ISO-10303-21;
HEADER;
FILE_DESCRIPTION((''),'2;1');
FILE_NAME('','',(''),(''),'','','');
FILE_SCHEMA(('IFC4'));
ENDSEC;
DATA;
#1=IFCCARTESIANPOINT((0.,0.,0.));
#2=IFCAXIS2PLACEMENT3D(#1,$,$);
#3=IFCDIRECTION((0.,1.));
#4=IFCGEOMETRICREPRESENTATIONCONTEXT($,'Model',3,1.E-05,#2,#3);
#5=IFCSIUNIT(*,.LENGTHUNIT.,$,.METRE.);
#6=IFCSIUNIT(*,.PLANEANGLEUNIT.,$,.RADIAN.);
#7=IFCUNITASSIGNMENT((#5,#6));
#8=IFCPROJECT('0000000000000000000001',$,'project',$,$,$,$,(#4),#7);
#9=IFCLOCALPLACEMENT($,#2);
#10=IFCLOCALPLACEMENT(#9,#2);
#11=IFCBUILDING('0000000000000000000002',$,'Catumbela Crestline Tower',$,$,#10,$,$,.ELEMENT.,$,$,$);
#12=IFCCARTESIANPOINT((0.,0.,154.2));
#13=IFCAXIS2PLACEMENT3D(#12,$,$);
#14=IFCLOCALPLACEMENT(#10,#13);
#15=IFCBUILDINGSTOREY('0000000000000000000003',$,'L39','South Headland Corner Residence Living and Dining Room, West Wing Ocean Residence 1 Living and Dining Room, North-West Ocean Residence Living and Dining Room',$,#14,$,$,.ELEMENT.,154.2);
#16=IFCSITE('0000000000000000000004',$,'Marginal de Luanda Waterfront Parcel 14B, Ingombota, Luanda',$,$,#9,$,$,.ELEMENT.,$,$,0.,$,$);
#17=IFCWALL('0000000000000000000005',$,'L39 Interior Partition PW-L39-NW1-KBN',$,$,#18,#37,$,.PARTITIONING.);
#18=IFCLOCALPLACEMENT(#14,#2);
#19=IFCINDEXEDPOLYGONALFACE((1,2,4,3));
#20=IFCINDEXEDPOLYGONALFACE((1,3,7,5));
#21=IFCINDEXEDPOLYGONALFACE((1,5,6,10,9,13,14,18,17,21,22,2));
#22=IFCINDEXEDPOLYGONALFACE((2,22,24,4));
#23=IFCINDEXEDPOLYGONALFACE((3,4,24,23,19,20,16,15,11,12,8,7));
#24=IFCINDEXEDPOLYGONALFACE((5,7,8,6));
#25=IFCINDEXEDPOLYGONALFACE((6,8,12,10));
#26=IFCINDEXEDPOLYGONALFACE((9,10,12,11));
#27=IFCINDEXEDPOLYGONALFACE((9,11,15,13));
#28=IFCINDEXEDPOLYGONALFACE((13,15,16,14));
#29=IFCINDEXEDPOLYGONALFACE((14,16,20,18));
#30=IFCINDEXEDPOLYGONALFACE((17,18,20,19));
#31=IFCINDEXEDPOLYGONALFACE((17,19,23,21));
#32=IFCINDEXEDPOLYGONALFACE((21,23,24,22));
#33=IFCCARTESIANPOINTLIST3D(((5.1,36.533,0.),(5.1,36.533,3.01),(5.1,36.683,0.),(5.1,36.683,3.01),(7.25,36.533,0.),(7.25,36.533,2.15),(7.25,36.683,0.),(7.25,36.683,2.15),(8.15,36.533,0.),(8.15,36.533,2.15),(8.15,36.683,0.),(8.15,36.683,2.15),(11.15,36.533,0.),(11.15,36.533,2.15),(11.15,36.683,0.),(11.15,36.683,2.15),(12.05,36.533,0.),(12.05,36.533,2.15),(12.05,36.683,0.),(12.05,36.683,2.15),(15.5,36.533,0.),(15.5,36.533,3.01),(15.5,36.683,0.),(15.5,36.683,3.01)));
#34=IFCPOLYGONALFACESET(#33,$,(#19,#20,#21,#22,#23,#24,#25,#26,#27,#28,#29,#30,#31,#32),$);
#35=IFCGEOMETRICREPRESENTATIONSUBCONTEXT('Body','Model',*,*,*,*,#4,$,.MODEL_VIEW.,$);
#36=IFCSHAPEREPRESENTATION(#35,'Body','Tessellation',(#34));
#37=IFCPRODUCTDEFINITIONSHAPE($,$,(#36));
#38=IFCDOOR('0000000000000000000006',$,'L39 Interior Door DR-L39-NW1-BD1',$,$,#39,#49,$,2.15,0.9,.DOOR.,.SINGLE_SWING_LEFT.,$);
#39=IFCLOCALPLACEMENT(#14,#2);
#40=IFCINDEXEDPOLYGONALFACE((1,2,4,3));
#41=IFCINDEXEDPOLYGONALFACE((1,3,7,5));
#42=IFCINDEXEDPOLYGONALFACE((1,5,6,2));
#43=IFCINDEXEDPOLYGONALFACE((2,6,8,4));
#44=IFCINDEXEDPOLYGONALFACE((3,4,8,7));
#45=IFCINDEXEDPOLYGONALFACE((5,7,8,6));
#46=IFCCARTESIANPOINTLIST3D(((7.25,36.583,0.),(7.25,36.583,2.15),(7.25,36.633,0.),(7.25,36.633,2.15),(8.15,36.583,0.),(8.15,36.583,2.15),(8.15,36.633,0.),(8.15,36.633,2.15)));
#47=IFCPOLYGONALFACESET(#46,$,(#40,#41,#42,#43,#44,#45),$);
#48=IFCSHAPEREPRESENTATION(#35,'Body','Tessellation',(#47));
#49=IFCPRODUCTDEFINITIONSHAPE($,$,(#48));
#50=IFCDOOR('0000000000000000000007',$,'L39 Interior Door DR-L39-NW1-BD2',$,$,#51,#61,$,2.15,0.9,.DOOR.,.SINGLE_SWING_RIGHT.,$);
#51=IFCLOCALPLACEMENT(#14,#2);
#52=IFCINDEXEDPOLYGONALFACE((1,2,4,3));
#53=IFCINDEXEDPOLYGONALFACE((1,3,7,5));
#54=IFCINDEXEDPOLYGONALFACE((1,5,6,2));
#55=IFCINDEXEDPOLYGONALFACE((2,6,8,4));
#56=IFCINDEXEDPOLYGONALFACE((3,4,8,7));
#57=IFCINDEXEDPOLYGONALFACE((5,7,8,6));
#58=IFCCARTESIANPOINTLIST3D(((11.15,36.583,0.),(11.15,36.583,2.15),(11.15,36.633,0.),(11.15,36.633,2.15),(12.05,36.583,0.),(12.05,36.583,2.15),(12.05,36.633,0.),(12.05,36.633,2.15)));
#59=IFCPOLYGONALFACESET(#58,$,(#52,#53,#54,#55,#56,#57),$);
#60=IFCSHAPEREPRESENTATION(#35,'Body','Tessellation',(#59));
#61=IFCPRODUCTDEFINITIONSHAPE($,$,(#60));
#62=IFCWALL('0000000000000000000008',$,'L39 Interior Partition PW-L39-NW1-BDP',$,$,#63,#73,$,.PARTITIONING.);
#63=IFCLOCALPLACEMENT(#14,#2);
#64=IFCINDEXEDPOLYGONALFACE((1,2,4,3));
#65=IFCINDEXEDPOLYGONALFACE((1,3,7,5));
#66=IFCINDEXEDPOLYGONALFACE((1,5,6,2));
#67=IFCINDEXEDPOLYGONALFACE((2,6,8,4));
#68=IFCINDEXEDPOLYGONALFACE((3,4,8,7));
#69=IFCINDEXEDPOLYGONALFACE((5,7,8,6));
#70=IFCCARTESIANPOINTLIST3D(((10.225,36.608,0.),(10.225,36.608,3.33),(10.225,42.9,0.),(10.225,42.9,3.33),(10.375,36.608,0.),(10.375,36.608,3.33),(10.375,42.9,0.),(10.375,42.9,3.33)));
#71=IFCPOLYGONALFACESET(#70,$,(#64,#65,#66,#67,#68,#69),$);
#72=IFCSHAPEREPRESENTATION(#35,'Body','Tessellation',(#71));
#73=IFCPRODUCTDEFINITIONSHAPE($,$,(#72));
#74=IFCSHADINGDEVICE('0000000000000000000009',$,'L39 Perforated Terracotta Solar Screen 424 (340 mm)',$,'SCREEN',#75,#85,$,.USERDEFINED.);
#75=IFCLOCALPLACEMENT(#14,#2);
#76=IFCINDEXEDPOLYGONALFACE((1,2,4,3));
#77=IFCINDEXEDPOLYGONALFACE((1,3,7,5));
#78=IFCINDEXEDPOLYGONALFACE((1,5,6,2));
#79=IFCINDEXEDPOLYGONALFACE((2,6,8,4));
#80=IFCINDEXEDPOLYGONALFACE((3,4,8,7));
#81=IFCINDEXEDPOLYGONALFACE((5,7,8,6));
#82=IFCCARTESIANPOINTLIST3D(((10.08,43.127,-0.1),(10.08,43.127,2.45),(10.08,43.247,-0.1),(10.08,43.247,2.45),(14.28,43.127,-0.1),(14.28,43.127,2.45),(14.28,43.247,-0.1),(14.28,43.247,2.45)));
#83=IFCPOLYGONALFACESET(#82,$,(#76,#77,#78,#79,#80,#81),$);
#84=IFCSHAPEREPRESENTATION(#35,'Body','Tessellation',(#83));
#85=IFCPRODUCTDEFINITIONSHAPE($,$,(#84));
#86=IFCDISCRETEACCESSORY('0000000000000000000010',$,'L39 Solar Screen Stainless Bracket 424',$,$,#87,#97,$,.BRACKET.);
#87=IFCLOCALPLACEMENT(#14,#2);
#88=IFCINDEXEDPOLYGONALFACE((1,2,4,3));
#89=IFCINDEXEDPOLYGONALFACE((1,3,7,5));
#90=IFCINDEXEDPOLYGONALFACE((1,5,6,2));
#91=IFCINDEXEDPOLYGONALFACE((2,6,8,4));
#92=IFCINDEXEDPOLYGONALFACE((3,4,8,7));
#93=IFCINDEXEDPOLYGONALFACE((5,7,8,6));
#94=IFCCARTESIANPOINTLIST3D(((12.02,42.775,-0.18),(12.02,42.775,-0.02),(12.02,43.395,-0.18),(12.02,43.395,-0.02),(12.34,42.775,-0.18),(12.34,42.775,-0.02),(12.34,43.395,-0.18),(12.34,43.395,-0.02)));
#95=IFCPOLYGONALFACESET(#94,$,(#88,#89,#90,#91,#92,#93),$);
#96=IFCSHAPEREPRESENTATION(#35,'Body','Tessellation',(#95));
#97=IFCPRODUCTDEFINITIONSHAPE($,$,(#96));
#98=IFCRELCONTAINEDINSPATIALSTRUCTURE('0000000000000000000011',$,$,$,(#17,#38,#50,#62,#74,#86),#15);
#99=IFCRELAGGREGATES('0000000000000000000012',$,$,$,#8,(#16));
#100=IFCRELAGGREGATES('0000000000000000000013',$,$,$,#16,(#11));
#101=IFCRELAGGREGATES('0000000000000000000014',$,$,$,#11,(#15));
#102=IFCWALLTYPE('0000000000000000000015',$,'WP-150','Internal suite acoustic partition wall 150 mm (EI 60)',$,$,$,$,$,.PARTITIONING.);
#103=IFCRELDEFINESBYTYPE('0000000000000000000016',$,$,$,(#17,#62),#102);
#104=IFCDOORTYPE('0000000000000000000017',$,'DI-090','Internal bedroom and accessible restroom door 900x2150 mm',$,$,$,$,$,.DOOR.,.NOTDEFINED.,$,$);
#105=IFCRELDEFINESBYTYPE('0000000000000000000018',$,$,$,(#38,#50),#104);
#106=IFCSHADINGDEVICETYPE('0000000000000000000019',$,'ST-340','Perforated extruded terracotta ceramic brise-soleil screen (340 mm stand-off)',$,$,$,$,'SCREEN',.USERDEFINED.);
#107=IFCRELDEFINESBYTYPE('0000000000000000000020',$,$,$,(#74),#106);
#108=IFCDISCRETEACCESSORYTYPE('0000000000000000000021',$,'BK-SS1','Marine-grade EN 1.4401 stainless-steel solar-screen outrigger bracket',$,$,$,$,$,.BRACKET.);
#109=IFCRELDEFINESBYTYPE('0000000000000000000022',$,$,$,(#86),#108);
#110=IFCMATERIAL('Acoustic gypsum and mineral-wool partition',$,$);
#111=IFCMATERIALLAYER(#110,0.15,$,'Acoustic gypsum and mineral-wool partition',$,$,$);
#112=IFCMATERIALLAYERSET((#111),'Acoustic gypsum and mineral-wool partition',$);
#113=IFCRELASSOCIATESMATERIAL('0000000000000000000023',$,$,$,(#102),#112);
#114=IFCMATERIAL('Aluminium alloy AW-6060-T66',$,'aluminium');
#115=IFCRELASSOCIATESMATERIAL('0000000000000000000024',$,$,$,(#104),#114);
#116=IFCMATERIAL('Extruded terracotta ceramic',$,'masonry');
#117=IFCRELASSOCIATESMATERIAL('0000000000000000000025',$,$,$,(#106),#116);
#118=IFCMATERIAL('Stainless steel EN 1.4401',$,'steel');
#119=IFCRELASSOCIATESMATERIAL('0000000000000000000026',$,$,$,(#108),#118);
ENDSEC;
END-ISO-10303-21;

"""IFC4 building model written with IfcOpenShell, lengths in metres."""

from ifc_helpers import new_model, si_unit, direction, frame, frame_2d, origin, origin_2d, place, context, subcontext, project, spatial, rectangle, extrude, material, layer, layer_set, type_object, element, fill, save


model = new_model("IFC4")

# Units and contexts
model_context = context("Model", 3, precision=1e-05, world=origin(), true_north=direction((0.0, 1.0)))
body_context = subcontext(model_context, "Body", "Model", "MODEL_VIEW")
ifc_project = project(units=[si_unit("LENGTHUNIT", "METRE"), si_unit("PLANEANGLEUNIT", "RADIAN")], contexts=[model_context])

# Site, building, storey
site_placement = place(None, origin())
site = spatial("IfcSite", under=ifc_project, at=site_placement, Name="Marginal de Luanda Waterfront Parcel 14B, Ingombota, Luanda", CompositionType="ELEMENT", RefElevation=0.0)
building_placement = place(site_placement, origin())
building = spatial("IfcBuilding", under=site, at=building_placement, Name="Catumbela Crestline Tower", CompositionType="ELEMENT")
storey_placement = place(building_placement, frame((0.0, 0.0, 154.2)))
storey = spatial("IfcBuildingStorey", under=building, at=storey_placement, Name="L39", Description="South Headland Corner Residence Living and Dining Room, West Wing Ocean Residence 1 Living and Dining Room, North-West Ocean Residence Living and Dining Room", CompositionType="ELEMENT", Elevation=154.2)

# Shared definitions
ifc_material_1 = material(Name="Aluminium alloy AW-6060-T66", Category="aluminium")

# Wall, openings, doors
ifc_material_2 = material(Name="Acoustic gypsum and mineral-wool partition")
ifc_layer_1 = layer(ifc_material_2, 0.15, Name="Acoustic gypsum and mineral-wool partition")
ifc_layer_set_1 = layer_set([ifc_layer_1], Name="Acoustic gypsum and mineral-wool partition")
wall_type_1 = type_object("IfcWallType", Name="WP-150", Description="Internal suite acoustic partition wall 150 mm (EI 60)", PredefinedType="PARTITIONING", material=ifc_layer_set_1)
wall_1_placement = place(storey_placement, frame((5.1, 36.608, 0.0), z_axis=(0.0, 0.0, 1.0), x_axis=(1.0, 0.0, 0.0)))
wall_1 = element("IfcWall", 1, at=wall_1_placement, inside=storey, type_object=wall_type_1, Name="L39 Interior Partition PW-L39-NW1-KBN", PredefinedType="PARTITIONING", context=body_context, shape_type="SweptSolid", body=[
    extrude(rectangle(XDim=10.4, YDim=0.15, at=frame_2d((5.2, 0.0))), origin(), (0.0, 0.0, 1.0), 3.01),
])
opening_1_placement = place(wall_1_placement, frame((2.15, 0.0, 0.0)))
opening_1 = element("IfcOpeningElement", 2, at=opening_1_placement, cuts=wall_1, PredefinedType="OPENING", context=body_context, shape_type="SweptSolid", body=[
    extrude(rectangle(XDim=0.9, YDim=2.15, at=frame_2d((0.45, 1.075))), frame((0.0, 0.085, 0.0), z_axis=(0.0, -1.0, 0.0), x_axis=(1.0, 0.0, 0.0)), (0.0, 0.0, 1.0), 0.17),
])
opening_2_placement = place(wall_1_placement, frame((6.05, 0.0, 0.0)))
opening_2 = element("IfcOpeningElement", 3, at=opening_2_placement, cuts=wall_1, PredefinedType="OPENING", context=body_context, shape_type="SweptSolid", body=[
    extrude(rectangle(XDim=0.9, YDim=2.15, at=frame_2d((0.45, 1.075))), frame((0.0, 0.085, 0.0), z_axis=(0.0, -1.0, 0.0), x_axis=(1.0, 0.0, 0.0)), (0.0, 0.0, 1.0), 0.17),
])
door_type_1 = type_object("IfcDoorType", Name="DI-090", Description="Internal bedroom and accessible restroom door 900x2150 mm", OperationType="NOTDEFINED", PredefinedType="DOOR", material=ifc_material_1)
door_1_placement = place(opening_1_placement, origin())
door_1 = element("IfcDoor", 4, at=door_1_placement, inside=storey, type_object=door_type_1, Name="L39 Interior Door DR-L39-NW1-BD1", OperationType="SINGLE_SWING_LEFT", OverallHeight=2.15, OverallWidth=0.9, PredefinedType="DOOR", context=body_context, shape_type="SweptSolid", body=[
    extrude(rectangle(XDim=0.9, YDim=2.15, at=frame_2d((0.45, 1.075))), frame((0.0, 0.025, 0.0), z_axis=(0.0, -1.0, 0.0), x_axis=(1.0, 0.0, 0.0)), (0.0, 0.0, 1.0), 0.05),
])
fill(opening_1, door_1)
door_2_placement = place(opening_2_placement, origin())
door_2 = element("IfcDoor", 5, at=door_2_placement, inside=storey, type_object=door_type_1, Name="L39 Interior Door DR-L39-NW1-BD2", OperationType="SINGLE_SWING_RIGHT", OverallHeight=2.15, OverallWidth=0.9, PredefinedType="DOOR", context=body_context, shape_type="SweptSolid", body=[
    extrude(rectangle(XDim=0.9, YDim=2.15, at=frame_2d((0.45, 1.075))), frame((0.0, 0.025, 0.0), z_axis=(0.0, -1.0, 0.0), x_axis=(1.0, 0.0, 0.0)), (0.0, 0.0, 1.0), 0.05),
])
fill(opening_2, door_2)

# Wall
wall_2_placement = place(storey_placement, frame((10.3, 36.608, 0.0), z_axis=(0.0, 0.0, 1.0), x_axis=(0.0, 1.0, 0.0)))
element("IfcWall", 6, at=wall_2_placement, inside=storey, type_object=wall_type_1, Name="L39 Interior Partition PW-L39-NW1-BDP", PredefinedType="PARTITIONING", context=body_context, shape_type="SweptSolid", body=[
    extrude(rectangle(XDim=6.292, YDim=0.15, at=frame_2d((3.146, 0.0))), origin(), (0.0, 0.0, 1.0), 3.33),
])

# Shared definitions
ifc_material_3 = material(Name="Stainless steel EN 1.4401", Category="steel")

# Shading device
ifc_material_4 = material(Name="Extruded terracotta ceramic", Category="masonry")
shading_device_type = type_object("IfcShadingDeviceType", Name="ST-340", Description="Perforated extruded terracotta ceramic brise-soleil screen (340 mm stand-off)", ElementType="SCREEN", PredefinedType="USERDEFINED", material=ifc_material_4)
shading_device_placement = place(storey_placement, frame((12.18, 43.187, -0.1), z_axis=(0.0, 0.0, 1.0), x_axis=(-1.0, 0.0, 0.0)))
element("IfcShadingDevice", 7, at=shading_device_placement, inside=storey, type_object=shading_device_type, Name="L39 Perforated Terracotta Solar Screen 424 (340 mm)", ObjectType="SCREEN", PredefinedType="USERDEFINED", context=body_context, shape_type="SweptSolid", body=[
    extrude(rectangle(XDim=4.2, YDim=0.12, at=origin_2d()), origin(), (0.0, 0.0, 1.0), 2.55),
])

# Discrete accessory
discrete_accessory_type = type_object("IfcDiscreteAccessoryType", Name="BK-SS1", Description="Marine-grade EN 1.4401 stainless-steel solar-screen outrigger bracket", PredefinedType="BRACKET", material=ifc_material_3)
discrete_accessory_placement = place(storey_placement, frame((12.18, 43.085, -0.18), z_axis=(0.0, 0.0, 1.0), x_axis=(-1.0, 0.0, 0.0)))
element("IfcDiscreteAccessory", 8, at=discrete_accessory_placement, inside=storey, type_object=discrete_accessory_type, Name="L39 Solar Screen Stainless Bracket 424", PredefinedType="BRACKET", context=body_context, shape_type="SweptSolid", body=[
    extrude(rectangle(XDim=0.32, YDim=0.62, at=origin_2d()), origin(), (0.0, 0.0, 1.0), 0.16),
])

save(model, "model.ifc")
